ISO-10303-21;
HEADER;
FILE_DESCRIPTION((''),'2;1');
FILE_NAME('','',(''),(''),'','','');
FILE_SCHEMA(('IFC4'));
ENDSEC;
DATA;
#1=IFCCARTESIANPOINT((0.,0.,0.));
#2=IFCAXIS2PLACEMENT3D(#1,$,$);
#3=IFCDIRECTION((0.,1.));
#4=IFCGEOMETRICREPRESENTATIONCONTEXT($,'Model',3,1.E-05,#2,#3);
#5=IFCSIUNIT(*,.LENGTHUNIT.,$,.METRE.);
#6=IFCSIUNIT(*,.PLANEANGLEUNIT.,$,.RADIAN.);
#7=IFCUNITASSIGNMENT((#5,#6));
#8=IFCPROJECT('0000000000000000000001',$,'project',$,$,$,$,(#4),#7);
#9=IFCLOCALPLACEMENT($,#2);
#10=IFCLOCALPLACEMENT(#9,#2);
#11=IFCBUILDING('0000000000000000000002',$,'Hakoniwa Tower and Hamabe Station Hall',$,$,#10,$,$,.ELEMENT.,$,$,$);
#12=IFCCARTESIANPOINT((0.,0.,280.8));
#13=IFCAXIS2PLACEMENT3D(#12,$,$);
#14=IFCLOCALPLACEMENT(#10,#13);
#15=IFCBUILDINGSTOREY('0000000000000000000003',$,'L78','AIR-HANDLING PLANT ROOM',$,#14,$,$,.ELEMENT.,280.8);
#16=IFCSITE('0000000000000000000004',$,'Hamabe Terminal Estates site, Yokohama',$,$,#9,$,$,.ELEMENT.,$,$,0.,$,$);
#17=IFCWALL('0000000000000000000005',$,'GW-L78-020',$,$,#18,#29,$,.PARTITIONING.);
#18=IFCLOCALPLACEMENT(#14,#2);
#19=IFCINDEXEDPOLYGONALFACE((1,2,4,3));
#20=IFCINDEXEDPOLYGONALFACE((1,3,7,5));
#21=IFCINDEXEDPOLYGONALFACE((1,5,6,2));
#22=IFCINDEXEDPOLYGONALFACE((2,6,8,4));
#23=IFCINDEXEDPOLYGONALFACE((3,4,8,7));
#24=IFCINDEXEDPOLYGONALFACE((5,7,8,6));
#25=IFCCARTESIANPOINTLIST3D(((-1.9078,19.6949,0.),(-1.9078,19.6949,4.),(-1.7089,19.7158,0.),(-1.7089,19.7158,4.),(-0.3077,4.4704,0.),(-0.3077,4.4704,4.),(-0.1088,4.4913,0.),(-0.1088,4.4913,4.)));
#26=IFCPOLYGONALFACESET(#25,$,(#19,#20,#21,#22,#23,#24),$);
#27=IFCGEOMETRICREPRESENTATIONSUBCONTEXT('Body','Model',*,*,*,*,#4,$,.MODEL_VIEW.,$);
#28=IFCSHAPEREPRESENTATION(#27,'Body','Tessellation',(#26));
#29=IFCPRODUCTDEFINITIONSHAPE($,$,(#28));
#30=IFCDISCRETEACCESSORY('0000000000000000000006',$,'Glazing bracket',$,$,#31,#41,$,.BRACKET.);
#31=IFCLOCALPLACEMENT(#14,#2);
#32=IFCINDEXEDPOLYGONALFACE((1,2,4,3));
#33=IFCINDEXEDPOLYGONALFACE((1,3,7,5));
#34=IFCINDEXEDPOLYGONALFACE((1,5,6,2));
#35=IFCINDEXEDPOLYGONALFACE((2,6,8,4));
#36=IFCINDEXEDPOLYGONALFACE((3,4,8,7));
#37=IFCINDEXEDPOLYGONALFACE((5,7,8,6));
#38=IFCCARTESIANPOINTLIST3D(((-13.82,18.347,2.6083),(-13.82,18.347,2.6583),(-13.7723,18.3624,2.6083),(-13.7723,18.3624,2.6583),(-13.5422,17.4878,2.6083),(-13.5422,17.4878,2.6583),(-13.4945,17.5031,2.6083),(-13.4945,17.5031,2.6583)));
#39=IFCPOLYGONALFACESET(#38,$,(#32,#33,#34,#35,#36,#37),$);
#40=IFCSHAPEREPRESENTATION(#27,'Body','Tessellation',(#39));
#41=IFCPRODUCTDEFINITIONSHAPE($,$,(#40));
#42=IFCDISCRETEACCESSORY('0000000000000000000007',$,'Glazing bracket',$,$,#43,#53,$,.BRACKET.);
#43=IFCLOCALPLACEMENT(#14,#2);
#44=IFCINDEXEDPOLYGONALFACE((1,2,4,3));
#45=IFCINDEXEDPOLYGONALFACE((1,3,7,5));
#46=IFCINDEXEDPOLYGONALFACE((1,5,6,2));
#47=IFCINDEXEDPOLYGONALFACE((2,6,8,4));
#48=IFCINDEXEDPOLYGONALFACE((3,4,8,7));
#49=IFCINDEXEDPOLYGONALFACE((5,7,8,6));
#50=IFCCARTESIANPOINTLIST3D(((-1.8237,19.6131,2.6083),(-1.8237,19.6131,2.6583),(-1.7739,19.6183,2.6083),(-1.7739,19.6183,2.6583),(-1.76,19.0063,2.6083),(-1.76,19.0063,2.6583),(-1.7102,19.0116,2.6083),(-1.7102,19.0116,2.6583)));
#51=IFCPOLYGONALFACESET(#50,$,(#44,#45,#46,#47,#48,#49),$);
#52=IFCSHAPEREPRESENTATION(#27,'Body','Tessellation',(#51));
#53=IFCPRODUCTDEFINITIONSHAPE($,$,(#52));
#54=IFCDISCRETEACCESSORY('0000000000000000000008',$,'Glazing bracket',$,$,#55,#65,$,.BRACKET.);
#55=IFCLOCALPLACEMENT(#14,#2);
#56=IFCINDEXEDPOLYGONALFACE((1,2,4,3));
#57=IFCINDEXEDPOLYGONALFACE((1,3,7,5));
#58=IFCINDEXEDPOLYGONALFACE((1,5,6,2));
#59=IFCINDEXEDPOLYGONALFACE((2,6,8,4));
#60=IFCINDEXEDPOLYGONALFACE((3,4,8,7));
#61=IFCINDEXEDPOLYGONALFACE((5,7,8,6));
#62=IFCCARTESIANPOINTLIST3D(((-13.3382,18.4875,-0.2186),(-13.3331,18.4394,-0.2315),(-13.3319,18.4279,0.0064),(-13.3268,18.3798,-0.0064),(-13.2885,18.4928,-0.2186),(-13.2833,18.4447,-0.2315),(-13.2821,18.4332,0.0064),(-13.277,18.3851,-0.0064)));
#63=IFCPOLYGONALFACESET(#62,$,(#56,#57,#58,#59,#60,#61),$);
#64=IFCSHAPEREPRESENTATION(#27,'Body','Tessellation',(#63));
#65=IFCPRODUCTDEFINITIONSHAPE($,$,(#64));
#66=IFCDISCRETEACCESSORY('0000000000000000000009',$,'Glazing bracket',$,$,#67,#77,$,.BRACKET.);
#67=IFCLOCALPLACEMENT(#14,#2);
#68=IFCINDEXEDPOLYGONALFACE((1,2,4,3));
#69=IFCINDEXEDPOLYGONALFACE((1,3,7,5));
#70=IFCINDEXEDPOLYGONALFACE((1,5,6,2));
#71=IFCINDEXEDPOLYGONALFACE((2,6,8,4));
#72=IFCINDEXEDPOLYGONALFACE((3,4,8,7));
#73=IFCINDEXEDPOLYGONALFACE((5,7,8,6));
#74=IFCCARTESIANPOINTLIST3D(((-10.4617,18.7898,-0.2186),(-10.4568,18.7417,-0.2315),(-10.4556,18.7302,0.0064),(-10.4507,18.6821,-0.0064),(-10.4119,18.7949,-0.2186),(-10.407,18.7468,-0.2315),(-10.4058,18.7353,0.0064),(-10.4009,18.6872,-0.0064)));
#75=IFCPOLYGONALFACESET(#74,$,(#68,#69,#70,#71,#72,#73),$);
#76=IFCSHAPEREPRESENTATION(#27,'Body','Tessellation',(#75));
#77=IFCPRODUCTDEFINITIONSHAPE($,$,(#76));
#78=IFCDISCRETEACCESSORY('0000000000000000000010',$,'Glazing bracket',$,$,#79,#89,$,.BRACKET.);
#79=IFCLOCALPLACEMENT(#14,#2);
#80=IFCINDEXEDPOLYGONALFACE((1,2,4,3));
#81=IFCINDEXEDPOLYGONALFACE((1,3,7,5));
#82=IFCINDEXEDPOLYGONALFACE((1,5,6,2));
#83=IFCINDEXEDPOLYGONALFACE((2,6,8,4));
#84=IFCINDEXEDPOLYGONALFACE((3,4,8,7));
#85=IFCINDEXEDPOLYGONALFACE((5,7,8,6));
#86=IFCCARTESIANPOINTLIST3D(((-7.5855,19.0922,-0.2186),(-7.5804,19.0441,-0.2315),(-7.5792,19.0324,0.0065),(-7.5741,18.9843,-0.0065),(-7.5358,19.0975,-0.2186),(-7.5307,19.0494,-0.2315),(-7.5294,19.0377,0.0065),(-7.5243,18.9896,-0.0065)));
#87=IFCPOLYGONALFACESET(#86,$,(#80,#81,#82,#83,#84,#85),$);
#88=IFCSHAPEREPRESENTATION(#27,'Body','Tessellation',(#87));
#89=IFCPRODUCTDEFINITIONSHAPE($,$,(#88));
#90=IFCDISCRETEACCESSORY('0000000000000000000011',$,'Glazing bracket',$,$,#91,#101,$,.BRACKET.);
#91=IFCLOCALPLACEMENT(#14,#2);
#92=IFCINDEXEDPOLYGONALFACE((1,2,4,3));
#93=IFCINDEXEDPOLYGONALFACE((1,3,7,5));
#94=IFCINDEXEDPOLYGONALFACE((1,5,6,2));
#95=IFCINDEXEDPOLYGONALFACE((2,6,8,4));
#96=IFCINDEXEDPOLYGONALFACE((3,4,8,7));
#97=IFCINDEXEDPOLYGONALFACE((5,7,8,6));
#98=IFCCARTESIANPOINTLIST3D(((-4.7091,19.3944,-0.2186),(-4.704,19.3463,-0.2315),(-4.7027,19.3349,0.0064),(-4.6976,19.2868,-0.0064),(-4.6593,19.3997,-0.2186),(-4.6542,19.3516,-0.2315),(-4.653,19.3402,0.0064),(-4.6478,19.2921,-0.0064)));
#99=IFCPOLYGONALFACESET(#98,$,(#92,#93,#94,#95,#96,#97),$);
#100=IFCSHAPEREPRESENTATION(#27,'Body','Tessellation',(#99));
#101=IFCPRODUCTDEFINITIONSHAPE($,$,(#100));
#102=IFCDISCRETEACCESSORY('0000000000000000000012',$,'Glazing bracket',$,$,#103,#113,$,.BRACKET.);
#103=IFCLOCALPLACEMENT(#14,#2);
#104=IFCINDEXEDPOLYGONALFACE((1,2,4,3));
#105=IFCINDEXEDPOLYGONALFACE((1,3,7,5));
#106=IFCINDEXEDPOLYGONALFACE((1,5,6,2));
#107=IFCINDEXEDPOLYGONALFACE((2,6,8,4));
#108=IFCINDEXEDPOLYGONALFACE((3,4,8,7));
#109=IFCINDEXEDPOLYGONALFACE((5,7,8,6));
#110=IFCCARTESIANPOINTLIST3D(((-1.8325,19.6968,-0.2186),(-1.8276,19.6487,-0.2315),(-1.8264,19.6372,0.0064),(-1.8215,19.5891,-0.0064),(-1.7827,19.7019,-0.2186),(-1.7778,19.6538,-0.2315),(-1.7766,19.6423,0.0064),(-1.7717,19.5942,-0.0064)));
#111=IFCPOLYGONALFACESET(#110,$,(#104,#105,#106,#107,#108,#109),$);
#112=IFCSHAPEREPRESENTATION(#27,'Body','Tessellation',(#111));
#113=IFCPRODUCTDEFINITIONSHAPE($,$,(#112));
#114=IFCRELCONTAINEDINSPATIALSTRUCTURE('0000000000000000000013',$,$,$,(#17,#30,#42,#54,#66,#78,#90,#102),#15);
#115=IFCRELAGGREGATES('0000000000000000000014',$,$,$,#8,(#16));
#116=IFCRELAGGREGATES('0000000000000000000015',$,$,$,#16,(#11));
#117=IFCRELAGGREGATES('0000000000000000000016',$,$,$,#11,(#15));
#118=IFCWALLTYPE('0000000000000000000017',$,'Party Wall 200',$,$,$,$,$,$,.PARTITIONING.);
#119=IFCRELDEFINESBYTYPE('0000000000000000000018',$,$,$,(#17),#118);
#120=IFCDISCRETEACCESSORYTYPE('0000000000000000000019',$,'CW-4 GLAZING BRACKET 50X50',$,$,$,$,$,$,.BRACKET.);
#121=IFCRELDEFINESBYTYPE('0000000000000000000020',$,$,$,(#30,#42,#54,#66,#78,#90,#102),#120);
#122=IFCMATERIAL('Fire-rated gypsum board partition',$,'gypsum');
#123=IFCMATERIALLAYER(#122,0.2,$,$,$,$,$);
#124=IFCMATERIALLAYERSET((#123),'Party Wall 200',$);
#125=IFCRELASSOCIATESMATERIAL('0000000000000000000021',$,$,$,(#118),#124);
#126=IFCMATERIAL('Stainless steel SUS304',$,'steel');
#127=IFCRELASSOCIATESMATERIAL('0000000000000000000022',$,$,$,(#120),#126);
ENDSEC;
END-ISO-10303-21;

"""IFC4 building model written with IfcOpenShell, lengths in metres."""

from ifc_helpers import new_model, si_unit, direction, frame, frame_2d, origin, origin_2d, place, context, subcontext, project, spatial, rectangle, extrude, material, layer, layer_set, material_profile, profile_set, type_object, element, save


model = new_model("IFC4")

# Units and contexts
model_context = context("Model", 3, precision=1e-05, world=origin(), true_north=direction((0.0, 1.0)))
body_context = subcontext(model_context, "Body", "Model", "MODEL_VIEW")
ifc_project = project(units=[si_unit("LENGTHUNIT", "METRE"), si_unit("PLANEANGLEUNIT", "RADIAN")], contexts=[model_context])

# Site, building, storey
site_placement = place(None, origin())
site = spatial("IfcSite", under=ifc_project, at=site_placement, Name="Hamabe Terminal Estates site, Yokohama", CompositionType="ELEMENT", RefElevation=0.0)
building_placement = place(site_placement, origin())
building = spatial("IfcBuilding", under=site, at=building_placement, Name="Hakoniwa Tower and Hamabe Station Hall", CompositionType="ELEMENT")
storey_placement = place(building_placement, frame((0.0, 0.0, 280.8)))
storey = spatial("IfcBuildingStorey", under=building, at=storey_placement, Name="L78", Description="AIR-HANDLING PLANT ROOM", CompositionType="ELEMENT", Elevation=280.8)

# Wall
ifc_material_1 = material(Name="Fire-rated gypsum board partition", Category="gypsum")
ifc_layer_1 = layer(ifc_material_1, 0.2)
ifc_layer_set_1 = layer_set([ifc_layer_1], Name="Party Wall 200")
wall_type_1 = type_object("IfcWallType", Name="Party Wall 200", PredefinedType="PARTITIONING", material=ifc_layer_set_1)
for number, where, z_axis, x_axis, name in (
    (1, (-0.2083, 4.4807, 0.0), (0.0, 0.0, 1.0), (-0.104524, 0.994522, 0.0), "GW-L78-020"),
):
    element("IfcWall", number, at=place(storey_placement, frame(where, z_axis=z_axis, x_axis=x_axis)), inside=storey, type_object=wall_type_1, Name=name, PredefinedType="PARTITIONING", context=body_context, shape_type="SweptSolid", body=[
        extrude(rectangle(XDim=15.3083, YDim=0.2, at=frame_2d((7.6543, 0.0))), origin(), (0.0, 0.0, 1.0), 4.0),
    ])

# Discrete accessories
ifc_material_2 = material(Name="Stainless steel SUS304", Category="steel")
ifc_material_profile_1 = material_profile(ifc_material_2, rectangle(XDim=0.05, YDim=0.05, at=origin_2d()), Name="CW-4 GLAZING BRACKET 50X50")
ifc_profile_set_1 = profile_set([ifc_material_profile_1], Name="Stainless steel SUS304")
discrete_accessory_type = type_object("IfcDiscreteAccessoryType", Name="CW-4 GLAZING BRACKET 50X50", PredefinedType="BRACKET", material=ifc_profile_set_1)
discrete_accessory_1_placement = place(storey_placement, frame((-13.7961, 18.3547, 2.6333), z_axis=(0.307619, -0.95151, 0.0), x_axis=(0.95151, 0.307619, 0.0)))
element("IfcDiscreteAccessory", 2, at=discrete_accessory_1_placement, inside=storey, type_object=discrete_accessory_type, Name="Glazing bracket", PredefinedType="BRACKET", context=body_context, shape_type="SweptSolid", body=[
    extrude(rectangle(XDim=0.05, YDim=0.05, at=origin_2d()), origin(), (0.0, 0.0, 1.0), 0.9031),
])
discrete_accessory_2_placement = place(storey_placement, frame((-1.7988, 19.6157, 2.6333), z_axis=(0.104456, -0.99453, 0.0), x_axis=(0.99453, 0.104456, 0.0)))
element("IfcDiscreteAccessory", 3, at=discrete_accessory_2_placement, inside=storey, type_object=discrete_accessory_type, Name="Glazing bracket", PredefinedType="BRACKET", context=body_context, shape_type="SweptSolid", body=[
    extrude(rectangle(XDim=0.05, YDim=0.05, at=origin_2d()), origin(), (0.0, 0.0, 1.0), 0.6101),
])
for number, where, z_axis, x_axis, name in (
    (4, (-13.3044, 18.4065, 0.0), (-0.027251, 0.25574, -0.966361), (-0.994371, -0.105958, 0.0), "Glazing bracket"),
    (5, (-10.4282, 18.7087, 0.0), (-0.026204, 0.255747, -0.966389), (-0.994792, -0.101925, 0.0), "Glazing bracket"),
    (6, (-7.5518, 19.011, 0.0), (-0.027244, 0.256719, -0.966102), (-0.994416, -0.10553, 0.0), "Glazing bracket"),
    (7, (-4.6753, 19.3135, 0.0), (-0.027251, 0.25574, -0.966361), (-0.994371, -0.105958, 0.0), "Glazing bracket"),
    (8, (-1.7991, 19.6157, 0.0), (-0.026204, 0.255747, -0.966389), (-0.994792, -0.101925, 0.0), "Glazing bracket"),
):
    element("IfcDiscreteAccessory", number, at=place(storey_placement, frame(where, z_axis=z_axis, x_axis=x_axis)), inside=storey, type_object=discrete_accessory_type, Name=name, PredefinedType="BRACKET", context=body_context, shape_type="SweptSolid", body=[
        extrude(rectangle(XDim=0.05, YDim=0.05, at=origin_2d()), origin(), (0.0, 0.0, 1.0), 0.2329),
    ])

save(model, "model.ifc")
